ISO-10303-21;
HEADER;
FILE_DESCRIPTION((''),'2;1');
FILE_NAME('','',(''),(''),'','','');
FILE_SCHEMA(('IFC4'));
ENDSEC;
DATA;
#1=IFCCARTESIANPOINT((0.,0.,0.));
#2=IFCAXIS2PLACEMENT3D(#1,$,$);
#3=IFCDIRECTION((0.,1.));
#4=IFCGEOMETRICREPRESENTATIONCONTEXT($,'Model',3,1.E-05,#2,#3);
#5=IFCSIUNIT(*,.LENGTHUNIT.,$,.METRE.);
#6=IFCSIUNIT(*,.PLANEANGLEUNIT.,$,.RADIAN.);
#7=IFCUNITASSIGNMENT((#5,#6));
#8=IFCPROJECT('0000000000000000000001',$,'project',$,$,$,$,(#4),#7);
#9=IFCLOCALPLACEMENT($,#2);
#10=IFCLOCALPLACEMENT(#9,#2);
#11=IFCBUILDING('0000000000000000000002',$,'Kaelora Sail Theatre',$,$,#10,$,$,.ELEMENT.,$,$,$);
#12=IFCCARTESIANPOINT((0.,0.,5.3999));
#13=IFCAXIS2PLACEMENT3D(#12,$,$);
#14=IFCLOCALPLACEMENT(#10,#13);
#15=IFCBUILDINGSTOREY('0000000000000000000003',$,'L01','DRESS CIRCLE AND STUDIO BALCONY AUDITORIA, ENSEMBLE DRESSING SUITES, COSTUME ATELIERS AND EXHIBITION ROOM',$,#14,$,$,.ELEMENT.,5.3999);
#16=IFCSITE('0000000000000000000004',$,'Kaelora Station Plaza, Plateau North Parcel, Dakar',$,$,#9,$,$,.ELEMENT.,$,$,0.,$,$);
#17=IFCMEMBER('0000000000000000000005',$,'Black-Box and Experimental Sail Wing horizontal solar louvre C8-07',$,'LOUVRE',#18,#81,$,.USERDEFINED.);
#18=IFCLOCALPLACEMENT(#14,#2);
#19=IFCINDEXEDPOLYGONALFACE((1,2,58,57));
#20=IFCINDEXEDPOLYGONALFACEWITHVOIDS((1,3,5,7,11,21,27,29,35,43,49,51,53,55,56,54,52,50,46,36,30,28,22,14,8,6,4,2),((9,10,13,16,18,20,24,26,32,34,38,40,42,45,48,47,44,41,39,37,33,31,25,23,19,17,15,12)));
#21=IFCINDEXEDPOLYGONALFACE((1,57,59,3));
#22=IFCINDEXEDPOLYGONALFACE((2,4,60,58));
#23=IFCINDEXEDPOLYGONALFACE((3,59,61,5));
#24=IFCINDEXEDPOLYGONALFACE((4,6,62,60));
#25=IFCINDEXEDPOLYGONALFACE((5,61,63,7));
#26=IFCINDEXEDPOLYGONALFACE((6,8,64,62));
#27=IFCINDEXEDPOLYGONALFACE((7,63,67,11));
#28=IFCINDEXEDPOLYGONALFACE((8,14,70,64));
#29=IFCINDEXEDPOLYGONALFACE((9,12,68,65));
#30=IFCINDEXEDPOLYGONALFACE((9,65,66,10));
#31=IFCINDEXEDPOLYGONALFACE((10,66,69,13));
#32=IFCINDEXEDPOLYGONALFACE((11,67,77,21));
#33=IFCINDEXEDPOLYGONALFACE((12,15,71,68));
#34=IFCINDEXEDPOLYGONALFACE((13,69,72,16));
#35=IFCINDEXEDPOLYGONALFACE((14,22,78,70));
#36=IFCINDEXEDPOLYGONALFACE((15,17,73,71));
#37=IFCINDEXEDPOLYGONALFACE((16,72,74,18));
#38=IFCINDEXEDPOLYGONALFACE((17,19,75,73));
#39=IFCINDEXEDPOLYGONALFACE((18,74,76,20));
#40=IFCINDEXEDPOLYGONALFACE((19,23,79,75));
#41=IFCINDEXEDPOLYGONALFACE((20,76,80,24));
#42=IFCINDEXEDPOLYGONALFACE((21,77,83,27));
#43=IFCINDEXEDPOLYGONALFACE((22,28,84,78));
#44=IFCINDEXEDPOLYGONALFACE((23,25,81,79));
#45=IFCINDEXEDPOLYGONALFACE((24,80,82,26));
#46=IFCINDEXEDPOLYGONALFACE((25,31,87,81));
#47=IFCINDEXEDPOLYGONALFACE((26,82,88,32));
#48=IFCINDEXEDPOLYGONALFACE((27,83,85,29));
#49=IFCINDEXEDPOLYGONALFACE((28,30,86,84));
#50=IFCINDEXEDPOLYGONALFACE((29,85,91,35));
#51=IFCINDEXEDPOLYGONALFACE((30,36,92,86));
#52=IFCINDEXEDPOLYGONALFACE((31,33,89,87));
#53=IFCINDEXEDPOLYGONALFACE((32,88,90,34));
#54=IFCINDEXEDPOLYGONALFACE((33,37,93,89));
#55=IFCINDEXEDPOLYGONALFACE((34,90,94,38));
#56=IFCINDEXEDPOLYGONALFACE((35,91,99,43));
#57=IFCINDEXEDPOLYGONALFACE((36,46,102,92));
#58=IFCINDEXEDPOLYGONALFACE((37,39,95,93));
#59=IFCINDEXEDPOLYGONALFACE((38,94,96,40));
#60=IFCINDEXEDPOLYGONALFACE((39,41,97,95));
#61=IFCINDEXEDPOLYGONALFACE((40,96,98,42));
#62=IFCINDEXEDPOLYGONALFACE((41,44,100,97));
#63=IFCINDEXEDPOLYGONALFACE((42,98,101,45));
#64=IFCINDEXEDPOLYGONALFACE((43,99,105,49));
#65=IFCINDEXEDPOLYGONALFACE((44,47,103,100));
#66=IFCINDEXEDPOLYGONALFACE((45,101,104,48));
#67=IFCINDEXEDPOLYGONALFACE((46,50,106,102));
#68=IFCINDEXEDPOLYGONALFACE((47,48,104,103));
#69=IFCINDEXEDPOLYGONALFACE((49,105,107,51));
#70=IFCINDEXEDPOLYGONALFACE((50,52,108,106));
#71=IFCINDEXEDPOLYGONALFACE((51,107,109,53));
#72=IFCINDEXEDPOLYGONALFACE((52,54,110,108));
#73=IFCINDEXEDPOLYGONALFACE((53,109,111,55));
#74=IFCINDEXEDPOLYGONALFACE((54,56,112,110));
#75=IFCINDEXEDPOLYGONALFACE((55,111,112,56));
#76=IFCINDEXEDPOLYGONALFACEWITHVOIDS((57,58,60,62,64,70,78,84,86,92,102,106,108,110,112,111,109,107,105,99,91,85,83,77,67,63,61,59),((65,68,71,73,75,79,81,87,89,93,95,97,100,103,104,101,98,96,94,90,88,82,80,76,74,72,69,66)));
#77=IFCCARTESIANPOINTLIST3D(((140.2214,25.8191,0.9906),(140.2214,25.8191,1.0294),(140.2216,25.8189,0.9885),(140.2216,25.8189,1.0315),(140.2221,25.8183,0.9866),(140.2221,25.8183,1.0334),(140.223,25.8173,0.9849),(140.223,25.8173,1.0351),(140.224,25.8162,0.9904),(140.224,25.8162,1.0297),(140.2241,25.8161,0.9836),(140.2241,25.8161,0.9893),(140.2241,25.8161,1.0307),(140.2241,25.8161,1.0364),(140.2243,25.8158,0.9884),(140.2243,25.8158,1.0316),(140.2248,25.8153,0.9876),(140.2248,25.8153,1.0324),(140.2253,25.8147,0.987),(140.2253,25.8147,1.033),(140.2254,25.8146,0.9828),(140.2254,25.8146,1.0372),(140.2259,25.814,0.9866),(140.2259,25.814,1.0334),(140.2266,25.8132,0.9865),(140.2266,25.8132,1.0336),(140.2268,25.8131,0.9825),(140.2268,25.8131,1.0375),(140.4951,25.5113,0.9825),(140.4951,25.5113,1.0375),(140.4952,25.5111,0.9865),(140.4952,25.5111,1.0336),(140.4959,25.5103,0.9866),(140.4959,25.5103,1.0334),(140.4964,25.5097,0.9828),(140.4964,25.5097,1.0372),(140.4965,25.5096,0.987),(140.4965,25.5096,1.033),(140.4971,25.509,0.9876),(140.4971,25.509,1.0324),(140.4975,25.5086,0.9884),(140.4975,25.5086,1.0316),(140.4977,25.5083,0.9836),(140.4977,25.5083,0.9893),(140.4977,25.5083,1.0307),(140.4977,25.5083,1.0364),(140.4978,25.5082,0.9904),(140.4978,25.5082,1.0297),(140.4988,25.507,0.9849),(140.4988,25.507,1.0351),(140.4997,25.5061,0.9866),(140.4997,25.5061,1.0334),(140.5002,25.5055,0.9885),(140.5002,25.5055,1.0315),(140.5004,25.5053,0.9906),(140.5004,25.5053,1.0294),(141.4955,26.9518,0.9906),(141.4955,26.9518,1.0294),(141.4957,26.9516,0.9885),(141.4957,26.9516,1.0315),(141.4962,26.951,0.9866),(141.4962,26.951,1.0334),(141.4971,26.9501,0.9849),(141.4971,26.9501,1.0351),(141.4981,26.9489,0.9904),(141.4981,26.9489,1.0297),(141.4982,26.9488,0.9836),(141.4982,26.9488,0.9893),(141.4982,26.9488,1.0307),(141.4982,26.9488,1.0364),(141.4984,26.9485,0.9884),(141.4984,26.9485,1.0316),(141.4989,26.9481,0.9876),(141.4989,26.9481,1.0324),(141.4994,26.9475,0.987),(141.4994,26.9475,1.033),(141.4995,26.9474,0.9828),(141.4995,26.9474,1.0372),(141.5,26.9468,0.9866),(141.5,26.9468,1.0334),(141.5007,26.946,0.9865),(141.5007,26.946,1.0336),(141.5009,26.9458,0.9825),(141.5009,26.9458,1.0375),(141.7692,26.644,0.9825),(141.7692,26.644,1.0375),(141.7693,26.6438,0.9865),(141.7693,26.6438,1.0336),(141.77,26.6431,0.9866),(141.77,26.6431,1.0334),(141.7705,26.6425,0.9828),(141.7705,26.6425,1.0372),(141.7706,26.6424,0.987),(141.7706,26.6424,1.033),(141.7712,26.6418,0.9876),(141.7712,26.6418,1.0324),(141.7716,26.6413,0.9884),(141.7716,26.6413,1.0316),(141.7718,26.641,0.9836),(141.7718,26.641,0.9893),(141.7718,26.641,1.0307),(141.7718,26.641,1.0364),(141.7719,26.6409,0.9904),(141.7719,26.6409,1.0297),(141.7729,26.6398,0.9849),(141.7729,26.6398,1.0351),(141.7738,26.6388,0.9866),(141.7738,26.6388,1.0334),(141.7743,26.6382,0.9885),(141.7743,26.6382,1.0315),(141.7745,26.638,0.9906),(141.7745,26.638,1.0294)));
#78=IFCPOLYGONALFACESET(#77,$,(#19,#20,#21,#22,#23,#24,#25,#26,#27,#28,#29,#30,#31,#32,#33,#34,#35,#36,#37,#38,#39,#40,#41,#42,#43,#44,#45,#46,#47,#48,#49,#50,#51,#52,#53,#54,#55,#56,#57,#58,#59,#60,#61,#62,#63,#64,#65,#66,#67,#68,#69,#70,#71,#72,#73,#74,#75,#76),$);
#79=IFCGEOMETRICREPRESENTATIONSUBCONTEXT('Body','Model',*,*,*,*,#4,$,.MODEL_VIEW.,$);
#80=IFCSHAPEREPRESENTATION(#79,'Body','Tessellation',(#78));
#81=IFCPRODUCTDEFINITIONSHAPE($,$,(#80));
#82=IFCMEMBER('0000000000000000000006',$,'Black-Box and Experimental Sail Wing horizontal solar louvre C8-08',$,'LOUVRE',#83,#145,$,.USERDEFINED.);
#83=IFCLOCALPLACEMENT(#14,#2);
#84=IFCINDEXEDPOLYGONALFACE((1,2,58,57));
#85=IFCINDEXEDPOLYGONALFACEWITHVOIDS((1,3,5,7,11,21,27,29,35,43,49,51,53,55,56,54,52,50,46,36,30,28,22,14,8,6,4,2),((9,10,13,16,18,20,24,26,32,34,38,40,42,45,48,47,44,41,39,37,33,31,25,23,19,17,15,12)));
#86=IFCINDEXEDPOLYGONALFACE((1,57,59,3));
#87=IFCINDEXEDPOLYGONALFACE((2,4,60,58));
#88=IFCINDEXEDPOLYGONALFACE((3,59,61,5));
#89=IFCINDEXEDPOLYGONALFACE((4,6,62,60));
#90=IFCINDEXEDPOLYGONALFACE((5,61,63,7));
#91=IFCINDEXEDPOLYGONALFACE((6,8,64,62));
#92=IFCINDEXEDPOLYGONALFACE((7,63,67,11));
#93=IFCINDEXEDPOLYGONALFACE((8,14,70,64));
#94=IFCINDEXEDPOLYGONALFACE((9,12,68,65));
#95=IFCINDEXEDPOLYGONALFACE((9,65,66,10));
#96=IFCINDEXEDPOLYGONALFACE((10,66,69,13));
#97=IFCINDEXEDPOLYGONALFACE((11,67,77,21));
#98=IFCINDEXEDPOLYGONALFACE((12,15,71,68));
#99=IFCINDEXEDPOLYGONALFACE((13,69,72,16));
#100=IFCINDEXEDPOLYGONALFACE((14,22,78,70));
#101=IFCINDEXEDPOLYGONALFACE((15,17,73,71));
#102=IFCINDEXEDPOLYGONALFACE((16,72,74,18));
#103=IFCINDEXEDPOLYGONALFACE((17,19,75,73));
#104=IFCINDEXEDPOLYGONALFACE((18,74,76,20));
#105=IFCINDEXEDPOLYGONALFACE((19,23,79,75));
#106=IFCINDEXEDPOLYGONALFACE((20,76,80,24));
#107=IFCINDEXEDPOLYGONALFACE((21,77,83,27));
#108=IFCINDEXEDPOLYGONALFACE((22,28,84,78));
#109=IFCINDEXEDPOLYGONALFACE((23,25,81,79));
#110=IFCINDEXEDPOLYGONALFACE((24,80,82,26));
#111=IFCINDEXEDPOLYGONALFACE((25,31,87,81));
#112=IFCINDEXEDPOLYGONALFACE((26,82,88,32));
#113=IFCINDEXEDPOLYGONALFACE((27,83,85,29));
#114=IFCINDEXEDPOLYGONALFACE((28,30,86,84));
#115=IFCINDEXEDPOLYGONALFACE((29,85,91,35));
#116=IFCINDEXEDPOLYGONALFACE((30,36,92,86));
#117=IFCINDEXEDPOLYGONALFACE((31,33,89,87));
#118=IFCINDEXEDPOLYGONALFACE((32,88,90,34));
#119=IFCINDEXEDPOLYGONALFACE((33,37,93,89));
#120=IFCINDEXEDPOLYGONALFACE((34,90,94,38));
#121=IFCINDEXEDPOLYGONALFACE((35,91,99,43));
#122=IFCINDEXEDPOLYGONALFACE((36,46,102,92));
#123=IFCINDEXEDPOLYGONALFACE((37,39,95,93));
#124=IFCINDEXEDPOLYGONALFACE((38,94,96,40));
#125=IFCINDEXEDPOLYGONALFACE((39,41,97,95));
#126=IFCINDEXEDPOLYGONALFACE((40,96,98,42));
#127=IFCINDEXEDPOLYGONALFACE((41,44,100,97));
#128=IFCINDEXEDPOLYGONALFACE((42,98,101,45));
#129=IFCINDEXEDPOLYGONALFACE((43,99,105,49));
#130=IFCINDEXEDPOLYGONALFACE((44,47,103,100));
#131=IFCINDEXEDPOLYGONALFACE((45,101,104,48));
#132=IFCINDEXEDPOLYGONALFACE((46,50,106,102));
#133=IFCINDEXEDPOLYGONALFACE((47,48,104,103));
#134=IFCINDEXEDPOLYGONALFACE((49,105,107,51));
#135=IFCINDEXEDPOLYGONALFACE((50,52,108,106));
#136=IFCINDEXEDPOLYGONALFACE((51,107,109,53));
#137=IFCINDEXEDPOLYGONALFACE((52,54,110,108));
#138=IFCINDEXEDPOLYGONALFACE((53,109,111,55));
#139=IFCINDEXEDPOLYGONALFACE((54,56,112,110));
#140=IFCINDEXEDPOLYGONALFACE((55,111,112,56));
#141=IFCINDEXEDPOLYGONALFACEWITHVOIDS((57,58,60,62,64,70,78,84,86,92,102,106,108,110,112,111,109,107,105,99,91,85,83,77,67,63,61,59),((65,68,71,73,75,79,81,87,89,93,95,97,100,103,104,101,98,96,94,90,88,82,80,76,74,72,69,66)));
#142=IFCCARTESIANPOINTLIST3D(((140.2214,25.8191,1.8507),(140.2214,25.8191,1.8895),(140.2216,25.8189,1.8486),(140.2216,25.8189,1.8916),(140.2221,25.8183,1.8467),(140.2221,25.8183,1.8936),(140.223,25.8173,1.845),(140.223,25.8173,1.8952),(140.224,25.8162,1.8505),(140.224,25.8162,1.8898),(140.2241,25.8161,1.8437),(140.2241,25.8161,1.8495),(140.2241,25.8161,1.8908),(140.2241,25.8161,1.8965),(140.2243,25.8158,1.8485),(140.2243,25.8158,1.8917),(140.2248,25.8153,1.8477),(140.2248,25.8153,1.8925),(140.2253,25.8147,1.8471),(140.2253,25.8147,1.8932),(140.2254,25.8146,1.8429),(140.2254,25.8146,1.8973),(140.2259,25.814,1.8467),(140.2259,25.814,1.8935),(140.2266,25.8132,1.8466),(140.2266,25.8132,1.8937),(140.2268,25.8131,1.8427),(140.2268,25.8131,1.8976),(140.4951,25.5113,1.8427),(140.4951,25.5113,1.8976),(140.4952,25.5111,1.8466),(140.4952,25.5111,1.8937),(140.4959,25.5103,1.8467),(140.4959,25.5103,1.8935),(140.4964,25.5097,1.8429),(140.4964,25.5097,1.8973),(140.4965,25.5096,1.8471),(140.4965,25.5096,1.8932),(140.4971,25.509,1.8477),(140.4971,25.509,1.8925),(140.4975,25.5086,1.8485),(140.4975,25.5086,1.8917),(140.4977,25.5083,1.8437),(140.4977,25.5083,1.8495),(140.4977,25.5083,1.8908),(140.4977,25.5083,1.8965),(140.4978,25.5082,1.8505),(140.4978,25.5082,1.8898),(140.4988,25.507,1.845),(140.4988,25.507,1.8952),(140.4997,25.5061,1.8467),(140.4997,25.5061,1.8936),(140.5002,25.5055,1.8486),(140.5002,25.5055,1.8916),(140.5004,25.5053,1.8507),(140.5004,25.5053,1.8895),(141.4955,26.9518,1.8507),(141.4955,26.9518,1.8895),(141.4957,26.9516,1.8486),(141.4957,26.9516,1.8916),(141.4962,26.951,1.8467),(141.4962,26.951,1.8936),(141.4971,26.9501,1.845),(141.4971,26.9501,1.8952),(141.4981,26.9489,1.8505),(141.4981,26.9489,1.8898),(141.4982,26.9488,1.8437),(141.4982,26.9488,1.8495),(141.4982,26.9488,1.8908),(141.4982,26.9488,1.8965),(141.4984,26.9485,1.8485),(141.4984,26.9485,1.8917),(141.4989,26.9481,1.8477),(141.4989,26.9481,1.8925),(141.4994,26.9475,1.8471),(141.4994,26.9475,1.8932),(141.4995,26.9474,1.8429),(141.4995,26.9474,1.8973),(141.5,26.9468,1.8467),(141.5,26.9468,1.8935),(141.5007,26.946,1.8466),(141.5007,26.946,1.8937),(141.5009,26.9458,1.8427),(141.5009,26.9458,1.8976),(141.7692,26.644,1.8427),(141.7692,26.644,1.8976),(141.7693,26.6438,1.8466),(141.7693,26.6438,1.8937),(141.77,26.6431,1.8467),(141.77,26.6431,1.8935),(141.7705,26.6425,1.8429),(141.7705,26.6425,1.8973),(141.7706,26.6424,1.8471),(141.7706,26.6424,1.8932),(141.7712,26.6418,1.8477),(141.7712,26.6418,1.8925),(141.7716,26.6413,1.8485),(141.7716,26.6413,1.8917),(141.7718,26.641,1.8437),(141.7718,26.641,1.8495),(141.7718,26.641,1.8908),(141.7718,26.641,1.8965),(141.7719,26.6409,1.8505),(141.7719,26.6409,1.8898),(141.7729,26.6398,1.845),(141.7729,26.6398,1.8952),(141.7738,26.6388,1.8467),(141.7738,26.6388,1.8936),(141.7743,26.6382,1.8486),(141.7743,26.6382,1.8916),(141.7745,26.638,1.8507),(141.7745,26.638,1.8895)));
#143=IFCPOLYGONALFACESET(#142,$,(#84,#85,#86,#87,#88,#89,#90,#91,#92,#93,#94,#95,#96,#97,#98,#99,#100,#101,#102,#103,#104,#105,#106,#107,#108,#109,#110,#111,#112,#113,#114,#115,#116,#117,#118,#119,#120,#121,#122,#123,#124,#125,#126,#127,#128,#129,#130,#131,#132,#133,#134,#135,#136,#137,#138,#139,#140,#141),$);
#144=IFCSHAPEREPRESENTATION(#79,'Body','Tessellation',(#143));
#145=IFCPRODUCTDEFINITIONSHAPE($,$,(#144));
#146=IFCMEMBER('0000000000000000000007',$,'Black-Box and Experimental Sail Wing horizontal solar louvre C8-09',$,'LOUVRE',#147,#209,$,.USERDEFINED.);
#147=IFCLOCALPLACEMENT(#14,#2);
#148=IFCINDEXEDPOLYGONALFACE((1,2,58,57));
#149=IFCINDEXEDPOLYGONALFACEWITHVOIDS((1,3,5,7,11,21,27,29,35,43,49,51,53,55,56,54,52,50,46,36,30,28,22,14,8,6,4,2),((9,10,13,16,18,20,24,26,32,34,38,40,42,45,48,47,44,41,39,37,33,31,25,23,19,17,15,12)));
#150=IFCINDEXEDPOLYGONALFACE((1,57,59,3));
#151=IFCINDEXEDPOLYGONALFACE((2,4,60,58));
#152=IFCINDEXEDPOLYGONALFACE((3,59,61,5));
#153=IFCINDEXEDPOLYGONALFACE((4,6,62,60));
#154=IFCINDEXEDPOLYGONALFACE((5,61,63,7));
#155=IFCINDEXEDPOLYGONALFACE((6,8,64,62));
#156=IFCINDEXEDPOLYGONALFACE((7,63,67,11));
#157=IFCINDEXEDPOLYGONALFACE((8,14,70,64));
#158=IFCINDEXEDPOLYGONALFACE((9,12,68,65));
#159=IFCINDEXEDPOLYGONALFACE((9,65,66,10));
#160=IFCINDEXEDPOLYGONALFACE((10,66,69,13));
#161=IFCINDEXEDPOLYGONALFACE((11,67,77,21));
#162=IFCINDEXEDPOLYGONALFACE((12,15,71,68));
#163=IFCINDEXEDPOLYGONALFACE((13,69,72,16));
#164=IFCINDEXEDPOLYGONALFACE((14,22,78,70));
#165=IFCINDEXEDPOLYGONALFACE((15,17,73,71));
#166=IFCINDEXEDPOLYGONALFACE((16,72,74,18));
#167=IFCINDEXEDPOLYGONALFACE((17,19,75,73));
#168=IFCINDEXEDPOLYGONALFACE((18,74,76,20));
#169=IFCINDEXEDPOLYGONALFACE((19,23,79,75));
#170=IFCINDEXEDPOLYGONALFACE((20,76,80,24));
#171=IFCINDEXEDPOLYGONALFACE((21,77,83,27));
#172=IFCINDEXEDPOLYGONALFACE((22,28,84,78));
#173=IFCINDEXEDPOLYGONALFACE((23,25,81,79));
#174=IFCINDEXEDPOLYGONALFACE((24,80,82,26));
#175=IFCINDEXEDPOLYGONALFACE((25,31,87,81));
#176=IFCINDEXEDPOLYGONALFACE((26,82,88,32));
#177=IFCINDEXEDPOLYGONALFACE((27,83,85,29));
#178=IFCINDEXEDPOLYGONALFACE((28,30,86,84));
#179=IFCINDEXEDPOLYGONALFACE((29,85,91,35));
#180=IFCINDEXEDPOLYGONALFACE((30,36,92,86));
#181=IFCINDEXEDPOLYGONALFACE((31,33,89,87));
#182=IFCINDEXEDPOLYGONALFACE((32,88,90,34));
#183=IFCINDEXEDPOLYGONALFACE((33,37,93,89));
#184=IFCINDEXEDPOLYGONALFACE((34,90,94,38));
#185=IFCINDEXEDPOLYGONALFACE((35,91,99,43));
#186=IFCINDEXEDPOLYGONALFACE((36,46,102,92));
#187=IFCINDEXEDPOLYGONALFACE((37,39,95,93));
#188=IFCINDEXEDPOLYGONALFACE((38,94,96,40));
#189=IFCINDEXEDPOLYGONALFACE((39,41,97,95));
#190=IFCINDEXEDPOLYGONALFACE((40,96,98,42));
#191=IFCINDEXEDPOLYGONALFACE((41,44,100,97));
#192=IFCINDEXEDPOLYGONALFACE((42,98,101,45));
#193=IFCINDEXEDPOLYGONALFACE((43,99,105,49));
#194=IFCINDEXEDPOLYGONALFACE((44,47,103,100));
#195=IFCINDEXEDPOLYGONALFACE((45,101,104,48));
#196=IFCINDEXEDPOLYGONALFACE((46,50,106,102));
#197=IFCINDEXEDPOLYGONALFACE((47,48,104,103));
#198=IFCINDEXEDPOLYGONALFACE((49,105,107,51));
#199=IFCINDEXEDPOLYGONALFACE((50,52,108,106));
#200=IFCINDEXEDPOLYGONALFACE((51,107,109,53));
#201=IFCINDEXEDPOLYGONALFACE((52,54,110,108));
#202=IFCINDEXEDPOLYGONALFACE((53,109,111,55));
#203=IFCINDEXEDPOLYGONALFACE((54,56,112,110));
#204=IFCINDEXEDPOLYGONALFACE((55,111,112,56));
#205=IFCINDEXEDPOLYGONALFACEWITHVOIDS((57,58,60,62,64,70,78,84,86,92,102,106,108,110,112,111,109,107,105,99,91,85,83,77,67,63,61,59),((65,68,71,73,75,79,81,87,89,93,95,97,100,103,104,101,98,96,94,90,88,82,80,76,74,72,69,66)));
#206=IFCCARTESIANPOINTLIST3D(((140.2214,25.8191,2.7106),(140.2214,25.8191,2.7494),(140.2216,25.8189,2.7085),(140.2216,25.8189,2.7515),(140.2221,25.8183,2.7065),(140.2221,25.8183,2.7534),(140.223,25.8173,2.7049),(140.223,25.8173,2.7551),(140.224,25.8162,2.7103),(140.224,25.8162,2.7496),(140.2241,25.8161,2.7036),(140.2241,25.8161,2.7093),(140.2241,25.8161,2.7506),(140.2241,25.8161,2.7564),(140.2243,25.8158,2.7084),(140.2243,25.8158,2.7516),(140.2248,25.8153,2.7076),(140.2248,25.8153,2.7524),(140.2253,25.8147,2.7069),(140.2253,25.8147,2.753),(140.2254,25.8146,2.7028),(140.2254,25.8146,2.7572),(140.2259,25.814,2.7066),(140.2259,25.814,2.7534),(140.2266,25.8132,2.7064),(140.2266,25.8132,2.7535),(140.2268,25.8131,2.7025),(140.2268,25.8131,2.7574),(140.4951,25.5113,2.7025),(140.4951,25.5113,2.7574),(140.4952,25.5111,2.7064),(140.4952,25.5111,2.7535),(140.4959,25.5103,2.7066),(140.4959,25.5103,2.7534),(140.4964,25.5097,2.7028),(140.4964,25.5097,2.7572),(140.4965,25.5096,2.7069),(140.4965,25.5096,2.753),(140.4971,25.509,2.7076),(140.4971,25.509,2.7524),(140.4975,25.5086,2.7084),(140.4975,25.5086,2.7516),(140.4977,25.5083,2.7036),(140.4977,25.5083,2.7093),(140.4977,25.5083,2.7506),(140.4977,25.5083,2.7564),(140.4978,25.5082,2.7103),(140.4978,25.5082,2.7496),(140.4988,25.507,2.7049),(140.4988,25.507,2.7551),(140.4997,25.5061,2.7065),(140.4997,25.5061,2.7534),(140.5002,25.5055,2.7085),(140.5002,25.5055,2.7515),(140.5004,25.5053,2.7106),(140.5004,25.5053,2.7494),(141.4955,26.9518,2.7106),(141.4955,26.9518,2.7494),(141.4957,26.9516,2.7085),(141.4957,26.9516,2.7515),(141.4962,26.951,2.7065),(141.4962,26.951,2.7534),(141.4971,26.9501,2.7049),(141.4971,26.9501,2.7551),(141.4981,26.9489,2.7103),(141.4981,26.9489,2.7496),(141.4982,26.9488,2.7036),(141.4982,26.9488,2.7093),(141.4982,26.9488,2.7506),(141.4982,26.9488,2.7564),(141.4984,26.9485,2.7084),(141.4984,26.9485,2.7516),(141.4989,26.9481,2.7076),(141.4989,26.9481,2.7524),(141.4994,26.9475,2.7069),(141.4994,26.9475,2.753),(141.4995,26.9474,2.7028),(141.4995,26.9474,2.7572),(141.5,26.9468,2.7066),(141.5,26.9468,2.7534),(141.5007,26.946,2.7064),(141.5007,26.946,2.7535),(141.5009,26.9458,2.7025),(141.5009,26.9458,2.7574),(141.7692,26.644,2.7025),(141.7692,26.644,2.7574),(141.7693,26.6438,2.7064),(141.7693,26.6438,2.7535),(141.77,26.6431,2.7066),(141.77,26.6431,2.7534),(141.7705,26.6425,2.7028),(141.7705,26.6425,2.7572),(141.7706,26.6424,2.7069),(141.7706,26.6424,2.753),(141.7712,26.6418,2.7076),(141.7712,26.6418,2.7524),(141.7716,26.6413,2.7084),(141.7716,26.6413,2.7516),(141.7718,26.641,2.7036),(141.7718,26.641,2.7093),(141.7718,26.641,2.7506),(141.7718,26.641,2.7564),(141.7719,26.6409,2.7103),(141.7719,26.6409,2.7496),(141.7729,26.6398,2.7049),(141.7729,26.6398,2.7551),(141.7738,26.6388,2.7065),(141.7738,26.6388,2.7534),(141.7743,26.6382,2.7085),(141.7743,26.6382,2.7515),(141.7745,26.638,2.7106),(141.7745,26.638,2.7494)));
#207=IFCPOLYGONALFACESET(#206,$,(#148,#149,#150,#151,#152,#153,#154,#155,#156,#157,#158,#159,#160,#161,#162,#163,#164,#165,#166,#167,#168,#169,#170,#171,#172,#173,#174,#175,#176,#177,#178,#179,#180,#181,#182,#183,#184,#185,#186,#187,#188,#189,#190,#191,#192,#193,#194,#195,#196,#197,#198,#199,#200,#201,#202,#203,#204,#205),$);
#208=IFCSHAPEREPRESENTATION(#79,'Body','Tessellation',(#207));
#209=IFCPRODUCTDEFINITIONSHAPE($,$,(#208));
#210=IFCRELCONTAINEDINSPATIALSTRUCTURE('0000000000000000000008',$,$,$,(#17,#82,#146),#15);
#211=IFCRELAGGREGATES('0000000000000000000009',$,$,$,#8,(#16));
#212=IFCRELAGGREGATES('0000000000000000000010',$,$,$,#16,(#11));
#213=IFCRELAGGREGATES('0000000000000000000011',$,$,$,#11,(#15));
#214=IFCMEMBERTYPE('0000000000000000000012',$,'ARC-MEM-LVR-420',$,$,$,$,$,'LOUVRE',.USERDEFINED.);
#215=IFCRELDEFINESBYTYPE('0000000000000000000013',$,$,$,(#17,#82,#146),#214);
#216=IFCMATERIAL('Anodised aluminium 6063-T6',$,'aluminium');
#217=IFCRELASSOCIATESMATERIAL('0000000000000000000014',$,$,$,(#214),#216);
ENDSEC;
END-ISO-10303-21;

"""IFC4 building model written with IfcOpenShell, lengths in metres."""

from ifc_helpers import new_model, si_unit, direction, frame, origin, origin_2d, place, context, subcontext, project, spatial, hollow_rectangle, extrude, material, material_profile, profile_set, type_object, element, save


model = new_model("IFC4")

# Units and contexts
model_context = context("Model", 3, precision=1e-05, world=origin(), true_north=direction((0.0, 1.0)))
body_context = subcontext(model_context, "Body", "Model", "MODEL_VIEW")
ifc_project = project(units=[si_unit("LENGTHUNIT", "METRE"), si_unit("PLANEANGLEUNIT", "RADIAN")], contexts=[model_context])

# Site, building, storey
site_placement = place(None, origin())
site = spatial("IfcSite", under=ifc_project, at=site_placement, Name="Kaelora Station Plaza, Plateau North Parcel, Dakar", CompositionType="ELEMENT", RefElevation=0.0)
building_placement = place(site_placement, origin())
building = spatial("IfcBuilding", under=site, at=building_placement, Name="Kaelora Sail Theatre", CompositionType="ELEMENT")
storey_placement = place(building_placement, frame((0.0, 0.0, 5.3999)))
storey = spatial("IfcBuildingStorey", under=building, at=storey_placement, Name="L01", Description="DRESS CIRCLE AND STUDIO BALCONY AUDITORIA, ENSEMBLE DRESSING SUITES, COSTUME ATELIERS AND EXHIBITION ROOM", CompositionType="ELEMENT", Elevation=5.3999)

# Members
ifc_material_1 = material(Name="Anodised aluminium 6063-T6", Category="aluminium")
ifc_material_profile_1 = material_profile(ifc_material_1, hollow_rectangle(XDim=0.4199, YDim=0.0549, WallThickness=0.0039, InnerFilletRadius=0.0039, OuterFilletRadius=0.0081, at=origin_2d()), Name="LOUVRE 420x55x4")
ifc_profile_set_1 = profile_set([ifc_material_profile_1], Name="Anodised aluminium 6063-T6")
member_type = type_object("IfcMemberType", Name="ARC-MEM-LVR-420", ElementType="LOUVRE", PredefinedType="USERDEFINED", material=ifc_profile_set_1)
for number, where, z_axis, x_axis, name in (
    (1, (141.635, 26.7949, 1.01), (-0.747346, -0.664435, 0.0), (0.664435, -0.747346, 0.0), "Black-Box and Experimental Sail Wing horizontal solar louvre C8-07"),
    (2, (141.635, 26.7949, 1.8701), (-0.747346, -0.664435, 0.0), (0.664435, -0.747346, 0.0), "Black-Box and Experimental Sail Wing horizontal solar louvre C8-08"),
    (3, (141.635, 26.7949, 2.73), (-0.747346, -0.664435, 0.0), (0.664435, -0.747346, 0.0), "Black-Box and Experimental Sail Wing horizontal solar louvre C8-09"),
):
    element("IfcMember", number, at=place(storey_placement, frame(where, z_axis=z_axis, x_axis=x_axis)), inside=storey, type_object=member_type, Name=name, ObjectType="LOUVRE", PredefinedType="USERDEFINED", context=body_context, shape_type="SweptSolid", body=[
        extrude(hollow_rectangle(XDim=0.4199, YDim=0.0549, WallThickness=0.0039, InnerFilletRadius=0.0039, OuterFilletRadius=0.0081, at=origin_2d()), origin(), (0.0, 0.0, 1.0), 1.7048),
    ])

save(model, "model.ifc")
